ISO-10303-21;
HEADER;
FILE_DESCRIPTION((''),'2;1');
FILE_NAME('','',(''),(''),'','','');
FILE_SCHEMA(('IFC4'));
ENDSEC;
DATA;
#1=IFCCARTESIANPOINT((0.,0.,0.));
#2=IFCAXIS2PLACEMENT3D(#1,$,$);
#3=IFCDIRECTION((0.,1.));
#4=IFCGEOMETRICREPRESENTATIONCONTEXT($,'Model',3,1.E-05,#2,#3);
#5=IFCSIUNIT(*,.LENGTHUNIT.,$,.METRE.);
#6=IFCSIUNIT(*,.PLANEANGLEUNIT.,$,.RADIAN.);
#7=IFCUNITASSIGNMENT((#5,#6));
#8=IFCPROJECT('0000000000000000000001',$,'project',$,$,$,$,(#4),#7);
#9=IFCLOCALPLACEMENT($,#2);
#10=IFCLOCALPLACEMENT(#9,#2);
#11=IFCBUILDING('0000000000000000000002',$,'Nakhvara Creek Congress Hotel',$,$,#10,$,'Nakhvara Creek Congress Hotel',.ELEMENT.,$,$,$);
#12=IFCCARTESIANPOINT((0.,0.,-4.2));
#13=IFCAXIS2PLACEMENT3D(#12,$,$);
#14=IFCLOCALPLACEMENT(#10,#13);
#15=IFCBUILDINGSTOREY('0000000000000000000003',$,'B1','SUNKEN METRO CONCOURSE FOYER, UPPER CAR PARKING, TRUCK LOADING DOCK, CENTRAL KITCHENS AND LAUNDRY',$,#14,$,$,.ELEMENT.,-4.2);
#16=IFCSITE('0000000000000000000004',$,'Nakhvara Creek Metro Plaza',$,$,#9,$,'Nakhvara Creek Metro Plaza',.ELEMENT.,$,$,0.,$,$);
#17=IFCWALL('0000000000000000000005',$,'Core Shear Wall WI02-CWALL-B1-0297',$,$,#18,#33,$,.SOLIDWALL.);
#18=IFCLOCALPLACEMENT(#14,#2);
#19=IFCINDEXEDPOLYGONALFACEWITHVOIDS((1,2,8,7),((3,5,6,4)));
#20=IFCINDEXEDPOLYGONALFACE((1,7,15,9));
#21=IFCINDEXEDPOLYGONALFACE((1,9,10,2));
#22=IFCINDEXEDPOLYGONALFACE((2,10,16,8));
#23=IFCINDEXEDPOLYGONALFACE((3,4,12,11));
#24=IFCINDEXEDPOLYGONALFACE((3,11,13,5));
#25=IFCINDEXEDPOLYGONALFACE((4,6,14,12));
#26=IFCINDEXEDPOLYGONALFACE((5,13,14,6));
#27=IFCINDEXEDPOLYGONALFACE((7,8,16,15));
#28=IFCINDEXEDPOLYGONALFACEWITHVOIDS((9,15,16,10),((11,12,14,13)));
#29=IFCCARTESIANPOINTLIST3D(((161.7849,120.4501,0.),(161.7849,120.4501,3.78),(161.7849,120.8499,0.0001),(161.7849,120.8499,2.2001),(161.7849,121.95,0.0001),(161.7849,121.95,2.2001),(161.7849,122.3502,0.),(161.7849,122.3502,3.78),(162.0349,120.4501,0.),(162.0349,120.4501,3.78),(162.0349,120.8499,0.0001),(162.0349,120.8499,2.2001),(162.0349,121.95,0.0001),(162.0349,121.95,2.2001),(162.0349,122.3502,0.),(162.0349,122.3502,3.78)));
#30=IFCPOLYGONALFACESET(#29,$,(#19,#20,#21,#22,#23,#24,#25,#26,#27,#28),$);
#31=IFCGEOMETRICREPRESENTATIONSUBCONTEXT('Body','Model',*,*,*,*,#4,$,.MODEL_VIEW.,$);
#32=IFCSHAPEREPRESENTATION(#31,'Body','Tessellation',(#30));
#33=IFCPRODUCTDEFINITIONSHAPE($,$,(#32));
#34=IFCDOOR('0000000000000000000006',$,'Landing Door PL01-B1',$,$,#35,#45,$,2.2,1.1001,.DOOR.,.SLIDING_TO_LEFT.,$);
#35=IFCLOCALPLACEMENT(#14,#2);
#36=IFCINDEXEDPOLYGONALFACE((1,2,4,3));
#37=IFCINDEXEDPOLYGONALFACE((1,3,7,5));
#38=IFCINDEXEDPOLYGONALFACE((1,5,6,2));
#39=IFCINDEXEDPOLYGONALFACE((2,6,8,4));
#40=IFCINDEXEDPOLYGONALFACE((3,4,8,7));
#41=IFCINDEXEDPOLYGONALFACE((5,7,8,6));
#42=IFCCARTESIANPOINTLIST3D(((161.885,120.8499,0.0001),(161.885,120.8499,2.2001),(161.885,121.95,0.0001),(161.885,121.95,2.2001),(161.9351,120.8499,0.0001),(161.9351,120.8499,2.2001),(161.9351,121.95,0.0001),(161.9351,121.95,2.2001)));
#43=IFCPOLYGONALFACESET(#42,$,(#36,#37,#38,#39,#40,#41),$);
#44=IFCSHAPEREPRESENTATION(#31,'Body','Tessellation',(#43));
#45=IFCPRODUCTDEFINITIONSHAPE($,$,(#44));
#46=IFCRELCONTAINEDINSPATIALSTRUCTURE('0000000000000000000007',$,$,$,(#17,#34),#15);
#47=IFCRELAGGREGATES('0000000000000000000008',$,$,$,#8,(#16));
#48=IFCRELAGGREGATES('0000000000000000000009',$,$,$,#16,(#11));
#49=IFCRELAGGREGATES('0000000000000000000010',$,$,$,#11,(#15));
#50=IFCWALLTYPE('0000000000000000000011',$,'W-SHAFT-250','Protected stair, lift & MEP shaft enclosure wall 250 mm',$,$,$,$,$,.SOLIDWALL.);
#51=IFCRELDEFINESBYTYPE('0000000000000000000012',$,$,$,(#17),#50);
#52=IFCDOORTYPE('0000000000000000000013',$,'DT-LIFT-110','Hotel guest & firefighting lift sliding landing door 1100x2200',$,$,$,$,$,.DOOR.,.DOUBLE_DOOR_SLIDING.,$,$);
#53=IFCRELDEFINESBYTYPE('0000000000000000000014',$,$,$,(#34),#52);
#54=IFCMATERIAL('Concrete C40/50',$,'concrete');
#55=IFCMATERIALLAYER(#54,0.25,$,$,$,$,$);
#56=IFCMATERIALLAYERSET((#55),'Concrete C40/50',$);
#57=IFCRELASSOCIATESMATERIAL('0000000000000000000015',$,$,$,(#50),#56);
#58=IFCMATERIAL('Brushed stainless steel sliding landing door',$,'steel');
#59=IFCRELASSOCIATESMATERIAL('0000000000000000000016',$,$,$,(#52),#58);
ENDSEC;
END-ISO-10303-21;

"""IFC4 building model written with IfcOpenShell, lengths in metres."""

from ifc_helpers import new_model, si_unit, direction, frame, frame_2d, origin, place, context, subcontext, project, spatial, rectangle, extrude, material, layer, layer_set, type_object, element, fill, save


model = new_model("IFC4")

# Units and contexts
model_context = context("Model", 3, precision=1e-05, world=origin(), true_north=direction((0.0, 1.0)))
body_context = subcontext(model_context, "Body", "Model", "MODEL_VIEW")
ifc_project = project(units=[si_unit("LENGTHUNIT", "METRE"), si_unit("PLANEANGLEUNIT", "RADIAN")], contexts=[model_context])

# Site, building, storey
site_placement = place(None, origin())
site = spatial("IfcSite", under=ifc_project, at=site_placement, Name="Nakhvara Creek Metro Plaza", LongName="Nakhvara Creek Metro Plaza", CompositionType="ELEMENT", RefElevation=0.0)
building_placement = place(site_placement, origin())
building = spatial("IfcBuilding", under=site, at=building_placement, Name="Nakhvara Creek Congress Hotel", LongName="Nakhvara Creek Congress Hotel", CompositionType="ELEMENT")
storey_placement = place(building_placement, frame((0.0, 0.0, -4.2)))
storey = spatial("IfcBuildingStorey", under=building, at=storey_placement, Name="B1", Description="SUNKEN METRO CONCOURSE FOYER, UPPER CAR PARKING, TRUCK LOADING DOCK, CENTRAL KITCHENS AND LAUNDRY", CompositionType="ELEMENT", Elevation=-4.2)

# Shared definitions
ifc_material_1 = material(Name="Concrete C40/50", Category="concrete")

# Wall, opening, door
ifc_layer_1 = layer(ifc_material_1, 0.25)
ifc_layer_set_1 = layer_set([ifc_layer_1], Name="Concrete C40/50")
wall_type_1 = type_object("IfcWallType", Name="W-SHAFT-250", Description="Protected stair, lift & MEP shaft enclosure wall 250 mm", PredefinedType="SOLIDWALL", material=ifc_layer_set_1)
wall_1_placement = place(storey_placement, frame((161.9099, 120.45, 0.0), z_axis=(0.0, 0.0, 1.0), x_axis=(0.0, 1.0, 0.0)))
wall_1 = element("IfcWall", 1, at=wall_1_placement, inside=storey, type_object=wall_type_1, Name="Core Shear Wall WI02-CWALL-B1-0297", PredefinedType="SOLIDWALL", context=body_context, shape_type="SweptSolid", body=[
    extrude(rectangle(XDim=1.9001, YDim=0.25, at=frame_2d((0.9502, 0.0))), origin(), (0.0, 0.0, 1.0), 3.78),
])
opening_1_placement = place(wall_1_placement, frame((0.3999, 0.0, 0.0)))
opening_1 = element("IfcOpeningElement", 2, at=opening_1_placement, cuts=wall_1, PredefinedType="OPENING", context=body_context, shape_type="SweptSolid", body=[
    extrude(rectangle(XDim=1.1001, YDim=2.2, at=frame_2d((0.55, 1.1001))), frame((0.0, 0.137, 0.0), z_axis=(0.0, -1.0, 0.0), x_axis=(1.0, 0.0, 0.0)), (0.0, 0.0, 1.0), 0.2739),
])
ifc_material_2 = material(Name="Brushed stainless steel sliding landing door", Category="steel")
door_type_1 = type_object("IfcDoorType", Name="DT-LIFT-110", Description="Hotel guest & firefighting lift sliding landing door 1100x2200", OperationType="DOUBLE_DOOR_SLIDING", PredefinedType="DOOR", material=ifc_material_2)
door_1_placement = place(opening_1_placement, origin())
door_1 = element("IfcDoor", 3, at=door_1_placement, inside=storey, type_object=door_type_1, Name="Landing Door PL01-B1", OperationType="SLIDING_TO_LEFT", OverallHeight=2.2, OverallWidth=1.1001, PredefinedType="DOOR", context=body_context, shape_type="SweptSolid", body=[
    extrude(rectangle(XDim=1.1001, YDim=2.2, at=frame_2d((0.55, 1.1001))), frame((0.0, 0.0249, 0.0), z_axis=(0.0, -1.0, 0.0), x_axis=(1.0, 0.0, 0.0)), (0.0, 0.0, 1.0), 0.05),
])
fill(opening_1, door_1)

save(model, "model.ifc")
